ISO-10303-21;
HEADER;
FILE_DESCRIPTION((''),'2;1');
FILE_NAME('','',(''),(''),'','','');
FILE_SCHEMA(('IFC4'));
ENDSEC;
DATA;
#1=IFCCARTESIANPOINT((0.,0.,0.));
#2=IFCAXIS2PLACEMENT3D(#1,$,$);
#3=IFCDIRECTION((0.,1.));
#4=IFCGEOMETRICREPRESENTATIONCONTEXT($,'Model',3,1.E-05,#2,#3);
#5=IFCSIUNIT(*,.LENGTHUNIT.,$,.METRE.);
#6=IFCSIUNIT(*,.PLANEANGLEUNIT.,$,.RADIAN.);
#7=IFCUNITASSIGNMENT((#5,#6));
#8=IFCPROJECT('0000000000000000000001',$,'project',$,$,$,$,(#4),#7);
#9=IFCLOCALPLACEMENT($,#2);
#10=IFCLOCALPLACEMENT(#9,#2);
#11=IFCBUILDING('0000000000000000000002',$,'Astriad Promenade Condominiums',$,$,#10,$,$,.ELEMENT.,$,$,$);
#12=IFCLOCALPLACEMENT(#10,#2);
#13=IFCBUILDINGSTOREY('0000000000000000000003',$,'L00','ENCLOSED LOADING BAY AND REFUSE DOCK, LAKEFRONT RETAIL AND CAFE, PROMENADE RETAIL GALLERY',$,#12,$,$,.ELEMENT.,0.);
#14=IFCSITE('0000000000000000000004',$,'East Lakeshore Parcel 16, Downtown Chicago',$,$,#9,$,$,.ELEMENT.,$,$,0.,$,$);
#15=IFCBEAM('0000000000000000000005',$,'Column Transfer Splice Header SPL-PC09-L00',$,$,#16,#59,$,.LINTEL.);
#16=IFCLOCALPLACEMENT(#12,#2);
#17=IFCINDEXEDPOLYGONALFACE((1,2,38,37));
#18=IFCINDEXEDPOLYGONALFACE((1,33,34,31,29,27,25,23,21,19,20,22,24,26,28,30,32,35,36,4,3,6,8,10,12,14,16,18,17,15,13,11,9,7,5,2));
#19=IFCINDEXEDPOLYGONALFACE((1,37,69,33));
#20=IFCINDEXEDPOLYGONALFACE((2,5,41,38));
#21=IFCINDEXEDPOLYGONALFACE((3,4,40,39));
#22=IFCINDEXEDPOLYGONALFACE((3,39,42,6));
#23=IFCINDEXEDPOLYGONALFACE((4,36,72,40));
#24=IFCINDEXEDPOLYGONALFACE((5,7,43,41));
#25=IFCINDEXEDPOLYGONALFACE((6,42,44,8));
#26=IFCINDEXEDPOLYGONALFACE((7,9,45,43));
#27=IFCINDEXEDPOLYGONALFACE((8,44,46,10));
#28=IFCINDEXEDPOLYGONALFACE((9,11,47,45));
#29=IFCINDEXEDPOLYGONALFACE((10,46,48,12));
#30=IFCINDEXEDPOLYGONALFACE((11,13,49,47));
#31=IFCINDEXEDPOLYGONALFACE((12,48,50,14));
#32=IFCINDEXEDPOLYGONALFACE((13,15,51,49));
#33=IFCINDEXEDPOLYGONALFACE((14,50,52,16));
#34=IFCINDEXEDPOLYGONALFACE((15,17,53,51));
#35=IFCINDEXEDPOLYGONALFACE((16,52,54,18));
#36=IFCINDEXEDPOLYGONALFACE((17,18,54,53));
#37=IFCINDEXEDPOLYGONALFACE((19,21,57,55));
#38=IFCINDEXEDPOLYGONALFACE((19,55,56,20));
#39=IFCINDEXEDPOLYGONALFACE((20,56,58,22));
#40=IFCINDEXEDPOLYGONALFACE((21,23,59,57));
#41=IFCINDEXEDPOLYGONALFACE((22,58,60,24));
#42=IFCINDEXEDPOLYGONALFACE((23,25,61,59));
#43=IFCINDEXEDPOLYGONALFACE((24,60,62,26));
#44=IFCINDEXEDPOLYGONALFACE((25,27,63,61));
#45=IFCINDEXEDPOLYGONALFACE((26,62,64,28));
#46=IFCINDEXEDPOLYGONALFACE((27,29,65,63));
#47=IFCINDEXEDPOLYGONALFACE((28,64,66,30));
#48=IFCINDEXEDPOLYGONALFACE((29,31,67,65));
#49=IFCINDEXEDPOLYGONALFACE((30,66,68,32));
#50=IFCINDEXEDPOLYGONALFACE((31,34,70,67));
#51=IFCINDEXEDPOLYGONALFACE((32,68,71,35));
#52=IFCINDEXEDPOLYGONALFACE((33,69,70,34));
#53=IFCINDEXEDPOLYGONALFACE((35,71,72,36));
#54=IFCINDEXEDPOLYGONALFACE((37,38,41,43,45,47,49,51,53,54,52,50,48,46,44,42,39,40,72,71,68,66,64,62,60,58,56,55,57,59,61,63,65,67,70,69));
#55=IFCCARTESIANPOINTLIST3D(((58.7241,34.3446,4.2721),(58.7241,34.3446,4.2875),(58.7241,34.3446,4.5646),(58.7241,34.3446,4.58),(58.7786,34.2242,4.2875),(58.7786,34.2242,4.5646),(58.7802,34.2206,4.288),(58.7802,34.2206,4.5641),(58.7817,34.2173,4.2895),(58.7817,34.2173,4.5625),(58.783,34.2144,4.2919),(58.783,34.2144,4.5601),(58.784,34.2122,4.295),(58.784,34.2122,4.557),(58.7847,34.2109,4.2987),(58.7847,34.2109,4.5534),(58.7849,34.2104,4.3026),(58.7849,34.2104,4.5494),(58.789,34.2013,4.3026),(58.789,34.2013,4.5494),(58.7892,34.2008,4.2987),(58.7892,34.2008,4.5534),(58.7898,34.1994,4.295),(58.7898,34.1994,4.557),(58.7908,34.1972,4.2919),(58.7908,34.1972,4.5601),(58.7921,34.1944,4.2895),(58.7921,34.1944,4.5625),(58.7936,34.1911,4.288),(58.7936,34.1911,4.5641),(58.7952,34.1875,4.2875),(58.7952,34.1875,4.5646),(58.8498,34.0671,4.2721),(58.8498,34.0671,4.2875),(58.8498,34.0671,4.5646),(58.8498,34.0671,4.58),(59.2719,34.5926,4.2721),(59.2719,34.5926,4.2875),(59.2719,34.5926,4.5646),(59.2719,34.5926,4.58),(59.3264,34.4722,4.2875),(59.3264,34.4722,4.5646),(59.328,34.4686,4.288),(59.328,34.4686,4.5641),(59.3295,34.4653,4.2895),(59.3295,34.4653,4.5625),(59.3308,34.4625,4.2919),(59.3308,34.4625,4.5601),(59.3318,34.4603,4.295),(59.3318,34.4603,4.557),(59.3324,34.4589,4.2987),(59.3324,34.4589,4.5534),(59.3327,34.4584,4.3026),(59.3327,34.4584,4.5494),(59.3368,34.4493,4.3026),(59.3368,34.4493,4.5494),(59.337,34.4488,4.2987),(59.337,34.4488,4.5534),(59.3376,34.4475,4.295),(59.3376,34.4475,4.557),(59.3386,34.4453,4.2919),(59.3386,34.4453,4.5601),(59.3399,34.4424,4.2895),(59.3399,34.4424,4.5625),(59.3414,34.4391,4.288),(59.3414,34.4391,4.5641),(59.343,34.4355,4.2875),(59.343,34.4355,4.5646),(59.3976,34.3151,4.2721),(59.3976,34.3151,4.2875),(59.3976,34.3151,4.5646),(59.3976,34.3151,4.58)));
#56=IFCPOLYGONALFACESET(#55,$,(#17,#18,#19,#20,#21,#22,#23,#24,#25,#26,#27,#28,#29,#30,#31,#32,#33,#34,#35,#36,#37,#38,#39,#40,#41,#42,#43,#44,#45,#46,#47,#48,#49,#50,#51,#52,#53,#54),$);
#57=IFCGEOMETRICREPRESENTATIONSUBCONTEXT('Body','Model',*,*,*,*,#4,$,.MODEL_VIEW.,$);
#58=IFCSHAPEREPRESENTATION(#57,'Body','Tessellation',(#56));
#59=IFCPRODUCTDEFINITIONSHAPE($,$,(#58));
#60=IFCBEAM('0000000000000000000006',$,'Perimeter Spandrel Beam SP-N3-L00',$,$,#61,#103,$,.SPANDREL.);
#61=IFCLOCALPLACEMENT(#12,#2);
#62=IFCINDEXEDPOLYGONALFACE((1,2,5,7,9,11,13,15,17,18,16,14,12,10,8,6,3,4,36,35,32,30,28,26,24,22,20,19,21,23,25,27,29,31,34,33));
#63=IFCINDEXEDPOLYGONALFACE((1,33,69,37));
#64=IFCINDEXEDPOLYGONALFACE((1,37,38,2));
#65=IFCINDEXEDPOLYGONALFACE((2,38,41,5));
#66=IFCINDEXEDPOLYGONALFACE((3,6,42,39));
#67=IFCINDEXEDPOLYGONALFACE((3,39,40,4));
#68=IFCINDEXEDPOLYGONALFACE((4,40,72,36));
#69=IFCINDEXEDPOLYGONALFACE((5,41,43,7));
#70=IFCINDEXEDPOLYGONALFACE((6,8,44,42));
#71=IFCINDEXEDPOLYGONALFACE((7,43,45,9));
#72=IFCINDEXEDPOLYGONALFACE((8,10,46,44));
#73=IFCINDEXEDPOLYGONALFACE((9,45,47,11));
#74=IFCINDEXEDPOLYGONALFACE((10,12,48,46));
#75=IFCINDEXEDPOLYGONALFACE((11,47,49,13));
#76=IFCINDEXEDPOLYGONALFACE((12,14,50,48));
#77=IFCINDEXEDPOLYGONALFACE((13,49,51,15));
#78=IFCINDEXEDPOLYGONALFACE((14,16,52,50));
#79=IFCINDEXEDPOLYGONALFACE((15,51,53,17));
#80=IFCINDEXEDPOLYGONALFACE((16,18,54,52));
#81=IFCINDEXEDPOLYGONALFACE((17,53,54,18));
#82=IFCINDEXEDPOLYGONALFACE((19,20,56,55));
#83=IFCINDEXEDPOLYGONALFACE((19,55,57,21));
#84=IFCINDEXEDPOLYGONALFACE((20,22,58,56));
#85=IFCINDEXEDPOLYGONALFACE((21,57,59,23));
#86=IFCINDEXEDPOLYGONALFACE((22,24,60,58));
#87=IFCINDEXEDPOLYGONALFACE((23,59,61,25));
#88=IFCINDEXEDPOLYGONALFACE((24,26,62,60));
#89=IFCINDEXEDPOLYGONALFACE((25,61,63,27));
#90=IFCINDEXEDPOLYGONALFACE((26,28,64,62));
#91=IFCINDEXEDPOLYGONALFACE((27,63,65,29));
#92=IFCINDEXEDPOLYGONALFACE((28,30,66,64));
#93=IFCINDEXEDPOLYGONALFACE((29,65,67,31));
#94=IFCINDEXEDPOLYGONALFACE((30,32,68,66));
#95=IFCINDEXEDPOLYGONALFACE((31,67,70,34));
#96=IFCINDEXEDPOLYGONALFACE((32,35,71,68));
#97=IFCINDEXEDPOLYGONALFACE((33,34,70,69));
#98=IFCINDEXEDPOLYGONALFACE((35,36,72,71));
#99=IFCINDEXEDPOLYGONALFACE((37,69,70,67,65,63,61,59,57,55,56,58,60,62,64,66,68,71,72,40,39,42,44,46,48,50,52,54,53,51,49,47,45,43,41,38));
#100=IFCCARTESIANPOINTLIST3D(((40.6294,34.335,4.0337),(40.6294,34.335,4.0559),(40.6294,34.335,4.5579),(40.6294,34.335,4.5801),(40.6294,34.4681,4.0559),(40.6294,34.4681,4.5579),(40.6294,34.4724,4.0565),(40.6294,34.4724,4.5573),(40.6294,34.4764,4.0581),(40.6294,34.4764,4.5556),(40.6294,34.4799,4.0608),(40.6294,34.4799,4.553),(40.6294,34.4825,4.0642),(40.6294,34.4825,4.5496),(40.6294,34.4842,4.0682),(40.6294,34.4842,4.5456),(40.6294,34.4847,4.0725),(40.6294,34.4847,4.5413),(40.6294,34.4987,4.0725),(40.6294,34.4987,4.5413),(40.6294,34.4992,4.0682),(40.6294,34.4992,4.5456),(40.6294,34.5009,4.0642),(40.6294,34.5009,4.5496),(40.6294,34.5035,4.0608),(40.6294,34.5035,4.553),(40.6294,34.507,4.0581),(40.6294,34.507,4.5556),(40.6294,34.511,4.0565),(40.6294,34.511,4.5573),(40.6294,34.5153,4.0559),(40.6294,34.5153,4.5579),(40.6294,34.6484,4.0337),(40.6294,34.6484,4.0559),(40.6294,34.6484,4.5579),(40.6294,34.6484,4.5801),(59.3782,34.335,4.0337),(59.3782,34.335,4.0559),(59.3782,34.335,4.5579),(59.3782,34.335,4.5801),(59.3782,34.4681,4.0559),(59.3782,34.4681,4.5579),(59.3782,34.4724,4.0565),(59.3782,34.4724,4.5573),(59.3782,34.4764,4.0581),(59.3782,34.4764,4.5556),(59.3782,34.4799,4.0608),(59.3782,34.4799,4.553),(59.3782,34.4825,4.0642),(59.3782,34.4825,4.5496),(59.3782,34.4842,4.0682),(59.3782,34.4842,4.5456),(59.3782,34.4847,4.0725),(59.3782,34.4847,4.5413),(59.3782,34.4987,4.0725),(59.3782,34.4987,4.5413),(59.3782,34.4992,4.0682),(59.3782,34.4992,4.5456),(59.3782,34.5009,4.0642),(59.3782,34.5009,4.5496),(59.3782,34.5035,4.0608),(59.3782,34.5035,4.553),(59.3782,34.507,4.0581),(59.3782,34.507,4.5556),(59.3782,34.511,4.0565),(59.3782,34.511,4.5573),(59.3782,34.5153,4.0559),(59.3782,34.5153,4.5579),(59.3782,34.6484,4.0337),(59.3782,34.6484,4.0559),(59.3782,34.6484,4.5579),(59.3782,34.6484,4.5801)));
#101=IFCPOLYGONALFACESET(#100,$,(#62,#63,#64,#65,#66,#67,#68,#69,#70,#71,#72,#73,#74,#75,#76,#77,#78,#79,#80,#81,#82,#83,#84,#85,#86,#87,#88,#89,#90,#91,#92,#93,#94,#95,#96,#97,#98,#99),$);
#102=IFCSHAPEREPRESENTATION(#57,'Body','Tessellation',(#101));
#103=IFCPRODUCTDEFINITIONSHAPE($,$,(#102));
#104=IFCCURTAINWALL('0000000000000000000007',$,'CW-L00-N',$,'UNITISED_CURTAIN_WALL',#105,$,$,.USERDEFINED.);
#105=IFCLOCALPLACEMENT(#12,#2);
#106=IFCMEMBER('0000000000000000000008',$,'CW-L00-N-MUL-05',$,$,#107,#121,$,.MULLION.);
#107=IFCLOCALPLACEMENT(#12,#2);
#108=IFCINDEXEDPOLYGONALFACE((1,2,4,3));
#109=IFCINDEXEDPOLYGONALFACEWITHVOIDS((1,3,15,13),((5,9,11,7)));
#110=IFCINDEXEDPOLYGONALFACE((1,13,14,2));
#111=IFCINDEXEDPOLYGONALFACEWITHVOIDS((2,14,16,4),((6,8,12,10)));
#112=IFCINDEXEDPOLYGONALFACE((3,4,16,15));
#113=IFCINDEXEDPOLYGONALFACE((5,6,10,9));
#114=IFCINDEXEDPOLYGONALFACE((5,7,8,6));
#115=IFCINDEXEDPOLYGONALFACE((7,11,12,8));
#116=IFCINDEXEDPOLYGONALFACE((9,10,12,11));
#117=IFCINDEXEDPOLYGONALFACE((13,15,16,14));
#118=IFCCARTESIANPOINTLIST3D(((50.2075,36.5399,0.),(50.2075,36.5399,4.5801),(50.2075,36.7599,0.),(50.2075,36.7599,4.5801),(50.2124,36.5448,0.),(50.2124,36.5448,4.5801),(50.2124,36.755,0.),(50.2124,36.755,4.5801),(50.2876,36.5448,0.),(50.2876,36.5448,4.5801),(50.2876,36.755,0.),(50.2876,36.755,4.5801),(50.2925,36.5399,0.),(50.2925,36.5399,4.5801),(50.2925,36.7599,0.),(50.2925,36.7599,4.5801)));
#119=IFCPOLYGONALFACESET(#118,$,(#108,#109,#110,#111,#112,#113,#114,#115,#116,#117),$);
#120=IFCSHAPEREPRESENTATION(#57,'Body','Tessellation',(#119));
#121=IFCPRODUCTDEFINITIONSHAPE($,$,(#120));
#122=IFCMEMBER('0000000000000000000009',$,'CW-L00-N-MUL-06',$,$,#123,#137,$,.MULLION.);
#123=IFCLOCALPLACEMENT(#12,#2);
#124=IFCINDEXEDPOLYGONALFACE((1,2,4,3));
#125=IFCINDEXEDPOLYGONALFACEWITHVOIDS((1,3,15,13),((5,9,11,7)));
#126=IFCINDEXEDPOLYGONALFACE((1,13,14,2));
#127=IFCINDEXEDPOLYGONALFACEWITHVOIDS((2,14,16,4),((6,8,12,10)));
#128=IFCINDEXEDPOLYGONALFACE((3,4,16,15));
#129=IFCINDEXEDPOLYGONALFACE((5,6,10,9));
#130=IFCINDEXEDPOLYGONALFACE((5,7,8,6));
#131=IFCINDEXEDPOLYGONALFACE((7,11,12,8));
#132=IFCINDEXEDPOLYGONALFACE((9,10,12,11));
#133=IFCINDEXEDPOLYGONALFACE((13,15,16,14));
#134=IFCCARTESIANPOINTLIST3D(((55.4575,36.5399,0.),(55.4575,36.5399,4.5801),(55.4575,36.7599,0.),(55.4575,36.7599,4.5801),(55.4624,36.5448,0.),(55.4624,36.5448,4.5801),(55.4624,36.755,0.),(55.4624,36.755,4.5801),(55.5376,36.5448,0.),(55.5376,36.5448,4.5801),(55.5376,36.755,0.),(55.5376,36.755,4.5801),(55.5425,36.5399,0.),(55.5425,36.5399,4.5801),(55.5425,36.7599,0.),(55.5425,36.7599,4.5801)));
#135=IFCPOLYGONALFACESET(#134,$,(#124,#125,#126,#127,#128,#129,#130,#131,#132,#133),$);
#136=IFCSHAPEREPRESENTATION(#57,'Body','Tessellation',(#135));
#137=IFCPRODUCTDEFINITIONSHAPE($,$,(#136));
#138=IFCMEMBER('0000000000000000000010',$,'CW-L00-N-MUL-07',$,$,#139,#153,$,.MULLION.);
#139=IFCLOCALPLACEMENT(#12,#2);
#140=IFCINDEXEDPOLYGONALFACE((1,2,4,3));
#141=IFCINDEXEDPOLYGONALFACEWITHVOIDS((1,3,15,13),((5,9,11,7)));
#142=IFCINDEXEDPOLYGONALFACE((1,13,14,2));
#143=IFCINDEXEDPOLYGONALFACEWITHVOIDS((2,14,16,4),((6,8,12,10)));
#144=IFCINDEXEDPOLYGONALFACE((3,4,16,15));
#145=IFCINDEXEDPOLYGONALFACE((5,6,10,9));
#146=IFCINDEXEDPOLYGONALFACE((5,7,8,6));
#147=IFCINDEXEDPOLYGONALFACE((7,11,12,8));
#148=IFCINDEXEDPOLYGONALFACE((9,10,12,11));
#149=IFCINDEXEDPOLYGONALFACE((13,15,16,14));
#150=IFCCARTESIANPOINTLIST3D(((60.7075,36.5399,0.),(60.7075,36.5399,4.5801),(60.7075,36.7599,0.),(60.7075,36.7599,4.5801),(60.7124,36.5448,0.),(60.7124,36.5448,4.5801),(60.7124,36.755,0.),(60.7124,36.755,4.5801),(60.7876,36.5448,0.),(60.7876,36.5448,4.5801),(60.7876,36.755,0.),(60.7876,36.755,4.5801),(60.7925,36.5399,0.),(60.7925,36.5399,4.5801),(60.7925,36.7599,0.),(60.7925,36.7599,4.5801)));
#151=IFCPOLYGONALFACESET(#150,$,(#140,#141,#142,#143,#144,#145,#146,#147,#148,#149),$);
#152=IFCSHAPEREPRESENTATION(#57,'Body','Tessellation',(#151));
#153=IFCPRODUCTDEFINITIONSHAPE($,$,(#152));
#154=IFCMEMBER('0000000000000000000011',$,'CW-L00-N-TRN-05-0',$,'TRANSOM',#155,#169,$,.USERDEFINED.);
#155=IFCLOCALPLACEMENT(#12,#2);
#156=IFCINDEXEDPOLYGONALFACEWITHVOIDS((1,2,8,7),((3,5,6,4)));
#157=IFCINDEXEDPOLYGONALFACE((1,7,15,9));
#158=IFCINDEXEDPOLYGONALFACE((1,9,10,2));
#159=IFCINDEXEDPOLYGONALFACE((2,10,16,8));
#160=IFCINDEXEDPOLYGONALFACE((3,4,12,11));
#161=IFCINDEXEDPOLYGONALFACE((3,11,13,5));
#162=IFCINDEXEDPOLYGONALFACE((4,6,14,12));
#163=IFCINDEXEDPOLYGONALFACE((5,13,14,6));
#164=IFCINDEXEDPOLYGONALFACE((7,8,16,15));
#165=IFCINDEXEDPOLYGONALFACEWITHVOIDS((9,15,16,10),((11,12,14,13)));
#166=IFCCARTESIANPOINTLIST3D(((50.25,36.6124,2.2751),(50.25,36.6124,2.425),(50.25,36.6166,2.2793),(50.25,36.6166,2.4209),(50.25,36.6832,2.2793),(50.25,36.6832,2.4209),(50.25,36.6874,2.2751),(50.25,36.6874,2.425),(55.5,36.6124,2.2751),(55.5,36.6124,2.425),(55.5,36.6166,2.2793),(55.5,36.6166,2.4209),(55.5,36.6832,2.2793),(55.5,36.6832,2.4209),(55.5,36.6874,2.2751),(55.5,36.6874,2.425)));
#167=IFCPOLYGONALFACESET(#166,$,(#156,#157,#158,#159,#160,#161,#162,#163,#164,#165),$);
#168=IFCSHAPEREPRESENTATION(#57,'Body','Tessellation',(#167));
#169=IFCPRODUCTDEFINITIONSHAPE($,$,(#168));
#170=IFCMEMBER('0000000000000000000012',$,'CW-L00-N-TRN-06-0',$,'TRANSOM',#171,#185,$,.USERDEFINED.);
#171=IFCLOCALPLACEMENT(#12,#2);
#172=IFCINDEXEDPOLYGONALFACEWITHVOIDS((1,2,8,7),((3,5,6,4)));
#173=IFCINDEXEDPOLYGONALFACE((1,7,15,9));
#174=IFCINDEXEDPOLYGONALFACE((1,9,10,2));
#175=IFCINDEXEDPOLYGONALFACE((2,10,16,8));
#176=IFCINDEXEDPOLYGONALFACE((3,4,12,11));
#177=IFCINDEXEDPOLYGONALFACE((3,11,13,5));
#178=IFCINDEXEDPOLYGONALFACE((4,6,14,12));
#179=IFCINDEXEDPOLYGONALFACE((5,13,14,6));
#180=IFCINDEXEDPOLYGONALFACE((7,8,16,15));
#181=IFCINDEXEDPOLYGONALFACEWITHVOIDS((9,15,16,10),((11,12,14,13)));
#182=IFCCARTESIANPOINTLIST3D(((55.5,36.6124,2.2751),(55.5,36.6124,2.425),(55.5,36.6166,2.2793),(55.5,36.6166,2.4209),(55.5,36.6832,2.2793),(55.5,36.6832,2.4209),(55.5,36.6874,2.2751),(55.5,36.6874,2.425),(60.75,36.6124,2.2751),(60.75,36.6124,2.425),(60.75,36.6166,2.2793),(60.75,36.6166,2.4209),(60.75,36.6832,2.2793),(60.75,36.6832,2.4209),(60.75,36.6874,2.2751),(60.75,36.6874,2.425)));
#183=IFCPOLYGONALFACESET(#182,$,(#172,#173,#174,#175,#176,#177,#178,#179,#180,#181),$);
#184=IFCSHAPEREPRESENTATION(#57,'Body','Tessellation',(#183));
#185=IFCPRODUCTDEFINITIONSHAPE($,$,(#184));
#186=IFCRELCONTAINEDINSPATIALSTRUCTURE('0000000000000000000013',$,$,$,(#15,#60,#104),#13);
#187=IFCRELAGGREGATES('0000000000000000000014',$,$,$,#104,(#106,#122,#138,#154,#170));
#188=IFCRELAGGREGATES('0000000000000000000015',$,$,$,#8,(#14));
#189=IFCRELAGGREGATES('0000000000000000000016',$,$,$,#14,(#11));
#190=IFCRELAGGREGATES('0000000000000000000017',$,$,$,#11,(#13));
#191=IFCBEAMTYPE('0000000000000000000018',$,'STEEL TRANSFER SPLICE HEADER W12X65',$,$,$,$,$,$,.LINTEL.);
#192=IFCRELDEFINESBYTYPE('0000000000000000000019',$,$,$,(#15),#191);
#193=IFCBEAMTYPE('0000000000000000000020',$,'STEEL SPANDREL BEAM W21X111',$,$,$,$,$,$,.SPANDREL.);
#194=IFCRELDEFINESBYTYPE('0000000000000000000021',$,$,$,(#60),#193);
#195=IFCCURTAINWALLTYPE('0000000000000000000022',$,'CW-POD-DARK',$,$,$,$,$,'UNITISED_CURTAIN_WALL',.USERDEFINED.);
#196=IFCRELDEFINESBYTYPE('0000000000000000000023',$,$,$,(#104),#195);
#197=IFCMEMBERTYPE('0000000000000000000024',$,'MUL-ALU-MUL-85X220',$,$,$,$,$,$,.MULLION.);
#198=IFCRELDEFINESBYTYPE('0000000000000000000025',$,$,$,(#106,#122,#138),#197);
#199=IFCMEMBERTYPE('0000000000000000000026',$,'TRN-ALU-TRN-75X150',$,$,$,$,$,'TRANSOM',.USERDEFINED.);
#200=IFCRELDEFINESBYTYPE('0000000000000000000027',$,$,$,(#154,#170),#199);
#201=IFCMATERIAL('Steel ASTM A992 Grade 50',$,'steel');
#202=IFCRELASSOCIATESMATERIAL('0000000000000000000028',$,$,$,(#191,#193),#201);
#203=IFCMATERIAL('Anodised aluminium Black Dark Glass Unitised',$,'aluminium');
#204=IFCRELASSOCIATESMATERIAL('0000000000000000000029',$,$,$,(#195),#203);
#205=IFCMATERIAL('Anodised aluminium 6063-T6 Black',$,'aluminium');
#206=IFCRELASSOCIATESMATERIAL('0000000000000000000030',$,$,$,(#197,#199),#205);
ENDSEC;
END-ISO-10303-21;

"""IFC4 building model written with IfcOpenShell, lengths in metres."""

from ifc_helpers import new_model, si_unit, direction, frame, origin, origin_2d, place, context, subcontext, project, spatial, hollow_rectangle, i_section, extrude, source, transform, mapped, material, material_profile, profile_set, type_object, type_shapes, element, aggregate, save


model = new_model("IFC4")

# Units and contexts
model_context = context("Model", 3, precision=1e-05, world=origin(), true_north=direction((0.0, 1.0)))
body_context = subcontext(model_context, "Body", "Model", "MODEL_VIEW")
ifc_project = project(units=[si_unit("LENGTHUNIT", "METRE"), si_unit("PLANEANGLEUNIT", "RADIAN")], contexts=[model_context])

# Site, building, storey
site_placement = place(None, origin())
site = spatial("IfcSite", under=ifc_project, at=site_placement, Name="East Lakeshore Parcel 16, Downtown Chicago", CompositionType="ELEMENT", RefElevation=0.0)
building_placement = place(site_placement, origin())
building = spatial("IfcBuilding", under=site, at=building_placement, Name="Astriad Promenade Condominiums", CompositionType="ELEMENT")
storey_placement = place(building_placement, origin())
storey = spatial("IfcBuildingStorey", under=building, at=storey_placement, Name="L00", Description="ENCLOSED LOADING BAY AND REFUSE DOCK, LAKEFRONT RETAIL AND CAFE, PROMENADE RETAIL GALLERY", CompositionType="ELEMENT", Elevation=0.0)

# Beams
ifc_material_1 = material(Name="Steel ASTM A992 Grade 50", Category="steel")
ifc_material_profile_1 = material_profile(ifc_material_1, i_section(OverallWidth=0.3047, OverallDepth=0.3079, WebThickness=0.01, FlangeThickness=0.0154, FilletRadius=0.0151, at=origin_2d()), Name="W12X65")
ifc_profile_set_1 = profile_set([ifc_material_profile_1], Name="Steel ASTM A992 Grade 50")
beam_type_1 = type_object("IfcBeamType", Name="STEEL TRANSFER SPLICE HEADER W12X65", PredefinedType="LINTEL", material=ifc_profile_set_1)
shared_shape_1 = source(origin(), body_context, "Body", "SweptSolid", [
    extrude(i_section(OverallWidth=0.3047, OverallDepth=0.3079, WebThickness=0.01, FlangeThickness=0.0154, FilletRadius=0.0151, at=origin_2d()), origin(), (0.0, 0.0, 1.0), 0.6013),
])
type_shapes(beam_type_1, [shared_shape_1])
beam_1_placement = place(storey_placement, frame((59.3347, 34.4539, 4.426), z_axis=(-0.910977, -0.412457, 0.0), x_axis=(0.412457, -0.910977, 0.0)))
element("IfcBeam", 1, at=beam_1_placement, inside=storey, type_object=beam_type_1, Name="Column Transfer Splice Header SPL-PC09-L00", PredefinedType="LINTEL", context=body_context, shape_type="MappedRepresentation", body=[
    mapped(shared_shape_1, transform((0.0, 0.0, 0.0), scale=1.0)),
])
ifc_material_profile_2 = material_profile(ifc_material_1, i_section(OverallWidth=0.3135, OverallDepth=0.5464, WebThickness=0.0139, FlangeThickness=0.0222, FilletRadius=0.0166, at=origin_2d()), Name="W21X111")
ifc_profile_set_2 = profile_set([ifc_material_profile_2], Name="Steel ASTM A992 Grade 50")
beam_type_2 = type_object("IfcBeamType", Name="STEEL SPANDREL BEAM W21X111", PredefinedType="SPANDREL", material=ifc_profile_set_2)
shared_shape_2 = source(origin(), body_context, "Body", "SweptSolid", [
    extrude(i_section(OverallWidth=0.3135, OverallDepth=0.5464, WebThickness=0.0139, FlangeThickness=0.0222, FilletRadius=0.0166, at=origin_2d()), origin(), (0.0, 0.0, 1.0), 18.7488),
])
type_shapes(beam_type_2, [shared_shape_2])
beam_2_placement = place(storey_placement, frame((59.3782, 34.4917, 4.3069), z_axis=(-1.0, 0.0, 0.0), x_axis=(0.0, -1.0, 0.0)))
element("IfcBeam", 2, at=beam_2_placement, inside=storey, type_object=beam_type_2, Name="Perimeter Spandrel Beam SP-N3-L00", PredefinedType="SPANDREL", context=body_context, shape_type="MappedRepresentation", body=[
    mapped(shared_shape_2, transform((0.0, 0.0, 0.0), scale=1.0)),
])

# Curtain wall, members
ifc_material_2 = material(Name="Anodised aluminium Black Dark Glass Unitised", Category="aluminium")
curtain_wall_type = type_object("IfcCurtainWallType", Name="CW-POD-DARK", ElementType="UNITISED_CURTAIN_WALL", PredefinedType="USERDEFINED", material=ifc_material_2)
curtain_wall_placement = place(storey_placement, origin())
curtain_wall = element("IfcCurtainWall", 3, at=curtain_wall_placement, inside=storey, type_object=curtain_wall_type, Name="CW-L00-N", ObjectType="UNITISED_CURTAIN_WALL", PredefinedType="USERDEFINED")
ifc_material_3 = material(Name="Anodised aluminium 6063-T6 Black", Category="aluminium")
ifc_material_profile_3 = material_profile(ifc_material_3, hollow_rectangle(XDim=0.085, YDim=0.22, WallThickness=0.0049, at=origin_2d()), Name="ALU-MUL-85X220")
ifc_profile_set_3 = profile_set([ifc_material_profile_3], Name="Anodised aluminium 6063-T6 Black")
member_type_1 = type_object("IfcMemberType", Name="MUL-ALU-MUL-85X220", PredefinedType="MULLION", material=ifc_profile_set_3)
shared_shape_3 = source(origin(), body_context, "Body", "SweptSolid", [
    extrude(hollow_rectangle(XDim=0.085, YDim=0.22, WallThickness=0.0049, at=origin_2d()), origin(), (0.0, 0.0, 1.0), 4.5801),
])
type_shapes(member_type_1, [shared_shape_3])
member_1_placement = place(storey_placement, frame((50.25, 36.6499, 0.0), z_axis=(0.0, 0.0, 1.0), x_axis=(1.0, 0.0, 0.0)))
member_1 = element("IfcMember", 4, at=member_1_placement, type_object=member_type_1, Name="CW-L00-N-MUL-05", PredefinedType="MULLION", context=body_context, shape_type="MappedRepresentation", body=[
    mapped(shared_shape_3, transform((0.0, 0.0, 0.0), scale=1.0)),
])
member_2_placement = place(storey_placement, frame((55.5, 36.6499, 0.0), z_axis=(0.0, 0.0, 1.0), x_axis=(1.0, 0.0, 0.0)))
member_2 = element("IfcMember", 5, at=member_2_placement, type_object=member_type_1, Name="CW-L00-N-MUL-06", PredefinedType="MULLION", context=body_context, shape_type="MappedRepresentation", body=[
    mapped(shared_shape_3, transform((0.0, 0.0, 0.0), scale=1.0)),
])
member_3_placement = place(storey_placement, frame((60.75, 36.6499, 0.0), z_axis=(0.0, 0.0, 1.0), x_axis=(1.0, 0.0, 0.0)))
member_3 = element("IfcMember", 6, at=member_3_placement, type_object=member_type_1, Name="CW-L00-N-MUL-07", PredefinedType="MULLION", context=body_context, shape_type="MappedRepresentation", body=[
    mapped(shared_shape_3, transform((0.0, 0.0, 0.0), scale=1.0)),
])
ifc_material_profile_4 = material_profile(ifc_material_3, hollow_rectangle(XDim=0.075, YDim=0.1499, WallThickness=0.0042, at=origin_2d()), Name="ALU-TRN-75X150")
ifc_profile_set_4 = profile_set([ifc_material_profile_4], Name="Anodised aluminium 6063-T6 Black")
member_type_2 = type_object("IfcMemberType", Name="TRN-ALU-TRN-75X150", ElementType="TRANSOM", PredefinedType="USERDEFINED", material=ifc_profile_set_4)
shared_shape_4 = source(origin(), body_context, "Body", "SweptSolid", [
    extrude(hollow_rectangle(XDim=0.075, YDim=0.1499, WallThickness=0.0042, at=origin_2d()), origin(), (0.0, 0.0, 1.0), 5.25),
])
type_shapes(member_type_2, [shared_shape_4])
member_4_placement = place(storey_placement, frame((50.25, 36.6499, 2.3501), z_axis=(1.0, 0.0, 0.0), x_axis=(0.0, 1.0, 0.0)))
member_4 = element("IfcMember", 7, at=member_4_placement, type_object=member_type_2, Name="CW-L00-N-TRN-05-0", ObjectType="TRANSOM", PredefinedType="USERDEFINED", context=body_context, shape_type="MappedRepresentation", body=[
    mapped(shared_shape_4, transform((0.0, 0.0, 0.0), scale=1.0)),
])
member_5_placement = place(storey_placement, frame((55.5, 36.6499, 2.3501), z_axis=(1.0, 0.0, 0.0), x_axis=(0.0, 1.0, 0.0)))
member_5 = element("IfcMember", 8, at=member_5_placement, type_object=member_type_2, Name="CW-L00-N-TRN-06-0", ObjectType="TRANSOM", PredefinedType="USERDEFINED", context=body_context, shape_type="MappedRepresentation", body=[
    mapped(shared_shape_4, transform((0.0, 0.0, 0.0), scale=1.0)),
])

aggregate(curtain_wall, [member_1, member_2, member_3, member_4, member_5])

save(model, "model.ifc")
